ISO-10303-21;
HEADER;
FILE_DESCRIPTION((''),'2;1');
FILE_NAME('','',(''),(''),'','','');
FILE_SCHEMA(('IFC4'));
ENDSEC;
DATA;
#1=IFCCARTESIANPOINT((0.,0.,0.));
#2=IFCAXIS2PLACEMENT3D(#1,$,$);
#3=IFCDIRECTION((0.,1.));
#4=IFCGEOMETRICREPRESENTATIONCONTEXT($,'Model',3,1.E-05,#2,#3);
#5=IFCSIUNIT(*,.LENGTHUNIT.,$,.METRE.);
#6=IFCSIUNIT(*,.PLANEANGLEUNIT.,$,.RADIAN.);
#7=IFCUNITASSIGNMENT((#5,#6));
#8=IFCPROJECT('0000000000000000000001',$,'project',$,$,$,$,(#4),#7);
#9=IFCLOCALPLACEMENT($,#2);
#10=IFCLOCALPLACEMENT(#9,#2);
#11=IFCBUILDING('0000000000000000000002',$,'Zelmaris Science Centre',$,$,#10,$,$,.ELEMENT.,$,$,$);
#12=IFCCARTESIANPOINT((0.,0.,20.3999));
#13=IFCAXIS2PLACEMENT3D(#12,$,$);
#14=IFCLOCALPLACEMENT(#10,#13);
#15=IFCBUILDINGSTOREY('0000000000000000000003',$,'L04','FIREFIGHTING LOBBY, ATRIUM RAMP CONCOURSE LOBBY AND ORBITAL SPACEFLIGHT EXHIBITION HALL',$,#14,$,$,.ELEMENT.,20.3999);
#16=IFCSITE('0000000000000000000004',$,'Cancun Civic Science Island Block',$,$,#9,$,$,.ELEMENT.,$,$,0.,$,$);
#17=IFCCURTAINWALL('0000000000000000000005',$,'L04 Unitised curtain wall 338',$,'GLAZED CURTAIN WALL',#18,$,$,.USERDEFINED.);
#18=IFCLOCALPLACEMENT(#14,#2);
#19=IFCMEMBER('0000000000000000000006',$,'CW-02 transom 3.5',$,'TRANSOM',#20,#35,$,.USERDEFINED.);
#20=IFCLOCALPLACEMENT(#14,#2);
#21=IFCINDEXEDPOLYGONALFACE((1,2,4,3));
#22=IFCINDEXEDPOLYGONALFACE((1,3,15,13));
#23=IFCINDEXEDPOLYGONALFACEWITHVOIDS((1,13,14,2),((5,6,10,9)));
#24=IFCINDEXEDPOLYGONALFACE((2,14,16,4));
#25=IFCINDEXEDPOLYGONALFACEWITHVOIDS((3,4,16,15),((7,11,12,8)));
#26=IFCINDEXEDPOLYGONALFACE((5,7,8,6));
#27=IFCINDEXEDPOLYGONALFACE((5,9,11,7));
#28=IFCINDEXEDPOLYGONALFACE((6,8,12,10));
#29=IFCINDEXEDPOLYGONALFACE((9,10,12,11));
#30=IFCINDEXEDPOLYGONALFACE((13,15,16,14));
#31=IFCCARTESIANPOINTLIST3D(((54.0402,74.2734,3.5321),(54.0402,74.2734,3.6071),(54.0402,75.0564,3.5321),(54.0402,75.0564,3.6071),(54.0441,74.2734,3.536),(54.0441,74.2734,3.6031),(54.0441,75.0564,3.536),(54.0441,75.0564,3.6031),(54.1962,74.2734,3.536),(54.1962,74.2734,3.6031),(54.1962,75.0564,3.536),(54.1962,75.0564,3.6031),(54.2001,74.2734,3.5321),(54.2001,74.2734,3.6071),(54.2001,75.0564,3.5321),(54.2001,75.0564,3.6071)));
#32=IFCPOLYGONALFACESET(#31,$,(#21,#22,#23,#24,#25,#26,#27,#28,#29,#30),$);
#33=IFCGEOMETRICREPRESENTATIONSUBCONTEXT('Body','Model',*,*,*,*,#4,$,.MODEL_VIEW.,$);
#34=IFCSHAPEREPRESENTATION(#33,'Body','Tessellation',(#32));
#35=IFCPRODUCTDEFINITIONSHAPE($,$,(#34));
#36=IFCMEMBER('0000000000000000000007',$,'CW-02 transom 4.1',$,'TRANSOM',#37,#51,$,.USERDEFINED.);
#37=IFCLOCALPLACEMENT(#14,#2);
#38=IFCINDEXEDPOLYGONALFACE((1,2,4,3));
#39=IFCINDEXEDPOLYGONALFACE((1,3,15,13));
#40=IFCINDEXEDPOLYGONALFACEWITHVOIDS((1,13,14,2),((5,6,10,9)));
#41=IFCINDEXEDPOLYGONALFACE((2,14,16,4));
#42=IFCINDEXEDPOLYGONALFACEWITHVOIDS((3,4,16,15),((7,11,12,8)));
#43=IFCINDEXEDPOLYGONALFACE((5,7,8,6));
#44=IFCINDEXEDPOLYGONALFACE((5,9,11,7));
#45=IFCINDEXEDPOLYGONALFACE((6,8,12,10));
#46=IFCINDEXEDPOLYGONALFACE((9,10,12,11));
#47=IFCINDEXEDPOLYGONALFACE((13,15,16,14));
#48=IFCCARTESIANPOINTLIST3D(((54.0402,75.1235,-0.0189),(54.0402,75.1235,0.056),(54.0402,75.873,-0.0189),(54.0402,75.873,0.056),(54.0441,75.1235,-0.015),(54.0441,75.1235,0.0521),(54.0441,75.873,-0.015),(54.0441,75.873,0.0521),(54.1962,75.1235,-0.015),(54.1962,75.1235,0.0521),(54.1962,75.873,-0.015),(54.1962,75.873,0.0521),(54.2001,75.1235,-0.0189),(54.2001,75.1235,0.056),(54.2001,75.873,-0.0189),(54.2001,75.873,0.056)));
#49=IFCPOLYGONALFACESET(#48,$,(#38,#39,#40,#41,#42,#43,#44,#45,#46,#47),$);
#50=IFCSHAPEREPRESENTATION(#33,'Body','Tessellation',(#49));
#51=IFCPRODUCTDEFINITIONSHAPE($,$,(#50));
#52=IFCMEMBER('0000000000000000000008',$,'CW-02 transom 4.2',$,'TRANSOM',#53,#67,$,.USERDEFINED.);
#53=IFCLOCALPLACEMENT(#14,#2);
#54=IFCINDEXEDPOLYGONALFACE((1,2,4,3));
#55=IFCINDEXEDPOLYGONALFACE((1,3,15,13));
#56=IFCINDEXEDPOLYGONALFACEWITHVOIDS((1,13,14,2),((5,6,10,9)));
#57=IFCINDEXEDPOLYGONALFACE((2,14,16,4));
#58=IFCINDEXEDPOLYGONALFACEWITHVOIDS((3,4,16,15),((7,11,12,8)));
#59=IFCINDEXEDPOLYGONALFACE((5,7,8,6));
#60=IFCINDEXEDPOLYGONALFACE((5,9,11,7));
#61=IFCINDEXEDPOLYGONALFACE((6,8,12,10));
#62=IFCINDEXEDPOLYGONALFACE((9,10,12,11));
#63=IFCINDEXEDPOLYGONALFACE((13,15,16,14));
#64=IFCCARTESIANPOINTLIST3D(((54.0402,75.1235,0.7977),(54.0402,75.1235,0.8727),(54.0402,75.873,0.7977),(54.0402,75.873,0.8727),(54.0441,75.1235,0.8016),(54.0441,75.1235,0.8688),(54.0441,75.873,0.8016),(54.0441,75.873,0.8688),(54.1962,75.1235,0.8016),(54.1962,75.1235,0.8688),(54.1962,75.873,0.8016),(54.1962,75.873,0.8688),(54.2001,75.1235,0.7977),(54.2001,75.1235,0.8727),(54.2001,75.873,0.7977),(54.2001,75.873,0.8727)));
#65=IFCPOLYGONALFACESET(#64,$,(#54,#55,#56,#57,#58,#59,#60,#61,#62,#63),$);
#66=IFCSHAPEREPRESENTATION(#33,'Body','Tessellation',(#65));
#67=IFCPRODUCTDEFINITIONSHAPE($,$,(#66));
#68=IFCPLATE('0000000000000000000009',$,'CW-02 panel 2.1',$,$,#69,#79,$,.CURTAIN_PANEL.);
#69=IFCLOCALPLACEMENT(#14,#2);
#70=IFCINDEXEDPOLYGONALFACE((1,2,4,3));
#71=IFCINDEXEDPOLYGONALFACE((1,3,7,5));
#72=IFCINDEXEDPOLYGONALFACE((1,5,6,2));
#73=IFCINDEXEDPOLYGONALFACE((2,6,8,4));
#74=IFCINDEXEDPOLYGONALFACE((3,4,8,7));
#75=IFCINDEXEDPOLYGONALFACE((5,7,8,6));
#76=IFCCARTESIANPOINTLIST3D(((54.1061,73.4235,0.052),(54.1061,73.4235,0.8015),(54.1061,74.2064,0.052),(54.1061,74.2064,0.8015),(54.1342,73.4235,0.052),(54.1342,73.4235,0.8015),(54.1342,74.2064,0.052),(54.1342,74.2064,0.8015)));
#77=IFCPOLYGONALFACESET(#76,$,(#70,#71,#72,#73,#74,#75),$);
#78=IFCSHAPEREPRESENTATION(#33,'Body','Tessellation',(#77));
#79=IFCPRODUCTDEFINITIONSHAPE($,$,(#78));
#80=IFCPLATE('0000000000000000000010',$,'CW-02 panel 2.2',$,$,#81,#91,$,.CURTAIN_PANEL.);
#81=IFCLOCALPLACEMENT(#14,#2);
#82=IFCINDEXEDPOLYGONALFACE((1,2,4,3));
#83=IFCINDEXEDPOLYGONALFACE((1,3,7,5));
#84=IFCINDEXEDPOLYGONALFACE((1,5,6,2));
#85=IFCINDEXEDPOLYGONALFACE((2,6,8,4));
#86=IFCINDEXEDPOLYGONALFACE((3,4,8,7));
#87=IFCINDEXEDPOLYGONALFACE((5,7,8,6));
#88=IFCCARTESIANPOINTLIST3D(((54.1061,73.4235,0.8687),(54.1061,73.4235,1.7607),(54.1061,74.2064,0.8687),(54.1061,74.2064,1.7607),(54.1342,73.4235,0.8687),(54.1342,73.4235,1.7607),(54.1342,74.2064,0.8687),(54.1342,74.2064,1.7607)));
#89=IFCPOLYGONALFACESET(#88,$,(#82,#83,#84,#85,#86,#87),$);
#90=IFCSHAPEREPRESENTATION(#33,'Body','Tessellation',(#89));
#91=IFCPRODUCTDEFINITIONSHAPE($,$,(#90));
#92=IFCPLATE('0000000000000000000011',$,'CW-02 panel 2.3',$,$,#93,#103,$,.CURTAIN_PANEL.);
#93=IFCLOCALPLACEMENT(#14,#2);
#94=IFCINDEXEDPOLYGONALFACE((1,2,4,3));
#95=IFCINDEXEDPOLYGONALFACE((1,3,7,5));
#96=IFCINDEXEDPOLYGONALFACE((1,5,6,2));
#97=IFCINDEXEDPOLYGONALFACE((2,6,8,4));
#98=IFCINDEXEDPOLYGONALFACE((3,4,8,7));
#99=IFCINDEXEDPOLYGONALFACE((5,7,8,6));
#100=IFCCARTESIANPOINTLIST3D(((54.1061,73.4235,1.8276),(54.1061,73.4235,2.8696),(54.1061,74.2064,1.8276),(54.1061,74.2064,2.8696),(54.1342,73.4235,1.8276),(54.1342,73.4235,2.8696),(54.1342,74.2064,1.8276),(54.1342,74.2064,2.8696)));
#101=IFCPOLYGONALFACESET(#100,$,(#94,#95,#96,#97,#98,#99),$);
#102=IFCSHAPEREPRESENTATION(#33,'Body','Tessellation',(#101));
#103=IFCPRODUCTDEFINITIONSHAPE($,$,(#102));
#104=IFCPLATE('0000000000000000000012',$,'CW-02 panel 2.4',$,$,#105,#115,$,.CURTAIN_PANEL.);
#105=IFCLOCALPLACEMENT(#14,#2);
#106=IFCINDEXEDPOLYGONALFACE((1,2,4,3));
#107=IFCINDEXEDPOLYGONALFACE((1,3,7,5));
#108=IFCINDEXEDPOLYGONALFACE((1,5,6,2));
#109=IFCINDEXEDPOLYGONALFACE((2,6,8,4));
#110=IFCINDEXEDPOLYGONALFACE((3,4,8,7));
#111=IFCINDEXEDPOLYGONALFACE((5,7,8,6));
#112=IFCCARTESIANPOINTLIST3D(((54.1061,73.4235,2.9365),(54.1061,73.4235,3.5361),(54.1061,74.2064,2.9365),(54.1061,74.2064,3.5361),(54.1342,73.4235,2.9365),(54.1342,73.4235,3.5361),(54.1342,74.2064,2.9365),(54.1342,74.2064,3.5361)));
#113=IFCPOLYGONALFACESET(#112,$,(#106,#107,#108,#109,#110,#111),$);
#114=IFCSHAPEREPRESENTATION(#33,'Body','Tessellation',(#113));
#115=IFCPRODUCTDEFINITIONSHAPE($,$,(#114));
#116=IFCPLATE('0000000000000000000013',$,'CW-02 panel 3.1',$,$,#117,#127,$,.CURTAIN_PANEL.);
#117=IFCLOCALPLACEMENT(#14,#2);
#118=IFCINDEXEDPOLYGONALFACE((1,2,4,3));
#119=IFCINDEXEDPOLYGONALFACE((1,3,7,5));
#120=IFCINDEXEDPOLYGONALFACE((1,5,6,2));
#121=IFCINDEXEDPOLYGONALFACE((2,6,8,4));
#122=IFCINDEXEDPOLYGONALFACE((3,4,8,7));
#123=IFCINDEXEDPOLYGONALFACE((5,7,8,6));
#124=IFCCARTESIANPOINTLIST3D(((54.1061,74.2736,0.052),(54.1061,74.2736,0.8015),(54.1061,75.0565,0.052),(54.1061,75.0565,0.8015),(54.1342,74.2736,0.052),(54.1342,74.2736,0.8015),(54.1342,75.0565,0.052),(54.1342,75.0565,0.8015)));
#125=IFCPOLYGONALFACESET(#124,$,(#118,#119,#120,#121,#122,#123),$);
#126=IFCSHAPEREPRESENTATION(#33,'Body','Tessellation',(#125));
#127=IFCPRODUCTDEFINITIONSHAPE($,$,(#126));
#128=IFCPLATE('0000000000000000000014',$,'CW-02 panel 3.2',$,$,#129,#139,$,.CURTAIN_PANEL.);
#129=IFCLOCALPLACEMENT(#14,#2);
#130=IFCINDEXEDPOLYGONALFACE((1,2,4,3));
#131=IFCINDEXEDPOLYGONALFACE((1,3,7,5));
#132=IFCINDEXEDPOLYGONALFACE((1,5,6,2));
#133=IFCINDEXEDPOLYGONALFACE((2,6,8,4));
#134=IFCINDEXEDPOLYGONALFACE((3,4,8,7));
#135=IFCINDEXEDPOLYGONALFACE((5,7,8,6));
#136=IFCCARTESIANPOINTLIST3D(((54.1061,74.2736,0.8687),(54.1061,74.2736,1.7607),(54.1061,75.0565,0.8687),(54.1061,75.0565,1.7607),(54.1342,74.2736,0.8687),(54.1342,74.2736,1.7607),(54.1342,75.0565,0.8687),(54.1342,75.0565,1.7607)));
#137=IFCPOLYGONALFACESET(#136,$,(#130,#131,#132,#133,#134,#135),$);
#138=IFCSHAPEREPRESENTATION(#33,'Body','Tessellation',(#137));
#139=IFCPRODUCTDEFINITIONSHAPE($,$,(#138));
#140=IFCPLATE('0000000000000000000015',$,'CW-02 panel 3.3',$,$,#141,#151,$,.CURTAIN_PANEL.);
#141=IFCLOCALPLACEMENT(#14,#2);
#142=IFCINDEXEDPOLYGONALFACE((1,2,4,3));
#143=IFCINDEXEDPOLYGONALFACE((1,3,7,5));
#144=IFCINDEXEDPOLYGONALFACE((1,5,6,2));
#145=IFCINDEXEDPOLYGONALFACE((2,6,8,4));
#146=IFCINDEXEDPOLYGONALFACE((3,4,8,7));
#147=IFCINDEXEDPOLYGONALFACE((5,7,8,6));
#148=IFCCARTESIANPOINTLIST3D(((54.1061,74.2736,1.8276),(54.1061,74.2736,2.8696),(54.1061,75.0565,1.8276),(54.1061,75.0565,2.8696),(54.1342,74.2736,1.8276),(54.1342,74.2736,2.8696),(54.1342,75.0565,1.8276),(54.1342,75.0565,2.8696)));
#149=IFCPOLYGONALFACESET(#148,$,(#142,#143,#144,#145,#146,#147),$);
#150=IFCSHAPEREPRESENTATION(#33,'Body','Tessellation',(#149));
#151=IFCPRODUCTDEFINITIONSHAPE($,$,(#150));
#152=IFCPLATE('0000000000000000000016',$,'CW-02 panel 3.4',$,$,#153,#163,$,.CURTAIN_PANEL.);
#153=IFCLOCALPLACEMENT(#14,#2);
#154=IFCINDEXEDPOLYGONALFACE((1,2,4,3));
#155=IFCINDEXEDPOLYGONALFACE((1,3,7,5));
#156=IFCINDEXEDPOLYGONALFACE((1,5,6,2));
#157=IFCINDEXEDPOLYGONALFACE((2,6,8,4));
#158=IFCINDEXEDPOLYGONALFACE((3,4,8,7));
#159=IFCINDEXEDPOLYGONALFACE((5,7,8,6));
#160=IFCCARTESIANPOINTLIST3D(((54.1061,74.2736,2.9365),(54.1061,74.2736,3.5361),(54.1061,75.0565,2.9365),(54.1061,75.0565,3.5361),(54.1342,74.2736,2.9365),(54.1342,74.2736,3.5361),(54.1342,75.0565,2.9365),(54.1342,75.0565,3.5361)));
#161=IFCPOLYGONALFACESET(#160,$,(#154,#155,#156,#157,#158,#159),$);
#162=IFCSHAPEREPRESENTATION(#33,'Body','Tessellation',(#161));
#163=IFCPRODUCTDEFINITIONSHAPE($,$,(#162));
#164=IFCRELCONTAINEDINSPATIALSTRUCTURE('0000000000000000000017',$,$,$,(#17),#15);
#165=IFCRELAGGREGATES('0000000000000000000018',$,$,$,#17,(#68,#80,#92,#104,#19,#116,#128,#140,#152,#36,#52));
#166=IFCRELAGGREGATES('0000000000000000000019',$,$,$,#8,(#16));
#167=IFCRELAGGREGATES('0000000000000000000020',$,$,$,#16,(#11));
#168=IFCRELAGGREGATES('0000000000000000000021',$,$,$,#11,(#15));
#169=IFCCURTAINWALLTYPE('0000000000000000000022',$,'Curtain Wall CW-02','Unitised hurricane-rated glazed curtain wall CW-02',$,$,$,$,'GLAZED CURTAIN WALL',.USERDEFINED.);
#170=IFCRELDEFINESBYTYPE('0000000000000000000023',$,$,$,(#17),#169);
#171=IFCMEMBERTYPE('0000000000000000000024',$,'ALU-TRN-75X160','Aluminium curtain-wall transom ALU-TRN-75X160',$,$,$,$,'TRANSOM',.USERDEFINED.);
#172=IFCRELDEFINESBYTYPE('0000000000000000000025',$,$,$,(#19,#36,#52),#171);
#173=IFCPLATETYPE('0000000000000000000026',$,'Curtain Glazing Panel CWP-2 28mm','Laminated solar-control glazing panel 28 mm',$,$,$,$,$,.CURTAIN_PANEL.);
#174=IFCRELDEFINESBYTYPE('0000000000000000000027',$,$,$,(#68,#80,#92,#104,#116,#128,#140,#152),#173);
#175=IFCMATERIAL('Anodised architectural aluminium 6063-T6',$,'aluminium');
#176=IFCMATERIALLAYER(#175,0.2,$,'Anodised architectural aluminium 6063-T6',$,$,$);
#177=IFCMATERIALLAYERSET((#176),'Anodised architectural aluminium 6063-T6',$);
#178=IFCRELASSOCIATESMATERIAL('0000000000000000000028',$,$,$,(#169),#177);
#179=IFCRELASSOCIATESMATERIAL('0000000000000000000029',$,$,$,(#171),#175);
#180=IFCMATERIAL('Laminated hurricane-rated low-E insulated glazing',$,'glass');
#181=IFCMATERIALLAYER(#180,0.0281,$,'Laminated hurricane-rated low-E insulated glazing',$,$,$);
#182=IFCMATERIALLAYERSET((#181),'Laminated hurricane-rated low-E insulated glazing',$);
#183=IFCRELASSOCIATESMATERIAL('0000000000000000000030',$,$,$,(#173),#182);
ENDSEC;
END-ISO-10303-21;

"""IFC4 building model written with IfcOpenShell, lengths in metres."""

from ifc_helpers import new_model, si_unit, direction, frame, origin, origin_2d, place, context, subcontext, project, spatial, rectangle, hollow_rectangle, extrude, material, layer, layer_set, material_profile, profile_set, type_object, element, aggregate, save


model = new_model("IFC4")

# Units and contexts
model_context = context("Model", 3, precision=1e-05, world=origin(), true_north=direction((0.0, 1.0)))
body_context = subcontext(model_context, "Body", "Model", "MODEL_VIEW")
ifc_project = project(units=[si_unit("LENGTHUNIT", "METRE"), si_unit("PLANEANGLEUNIT", "RADIAN")], contexts=[model_context])

# Site, building, storey
site_placement = place(None, origin())
site = spatial("IfcSite", under=ifc_project, at=site_placement, Name="Cancun Civic Science Island Block", CompositionType="ELEMENT", RefElevation=0.0)
building_placement = place(site_placement, origin())
building = spatial("IfcBuilding", under=site, at=building_placement, Name="Zelmaris Science Centre", CompositionType="ELEMENT")
storey_placement = place(building_placement, frame((0.0, 0.0, 20.3999)))
storey = spatial("IfcBuildingStorey", under=building, at=storey_placement, Name="L04", Description="FIREFIGHTING LOBBY, ATRIUM RAMP CONCOURSE LOBBY AND ORBITAL SPACEFLIGHT EXHIBITION HALL", CompositionType="ELEMENT", Elevation=20.3999)

# Curtain wall, members, plates
ifc_material_1 = material(Name="Anodised architectural aluminium 6063-T6", Category="aluminium")
ifc_layer_1 = layer(ifc_material_1, 0.2, Name="Anodised architectural aluminium 6063-T6")
ifc_layer_set_1 = layer_set([ifc_layer_1], Name="Anodised architectural aluminium 6063-T6")
curtain_wall_type = type_object("IfcCurtainWallType", Name="Curtain Wall CW-02", Description="Unitised hurricane-rated glazed curtain wall CW-02", ElementType="GLAZED CURTAIN WALL", PredefinedType="USERDEFINED", material=ifc_layer_set_1)
curtain_wall_placement = place(storey_placement, origin())
curtain_wall = element("IfcCurtainWall", 1, at=curtain_wall_placement, inside=storey, type_object=curtain_wall_type, Name="L04 Unitised curtain wall 338", ObjectType="GLAZED CURTAIN WALL", PredefinedType="USERDEFINED")
ifc_material_profile_1 = material_profile(ifc_material_1, hollow_rectangle(XDim=0.075, YDim=0.1599, WallThickness=0.0039, at=origin_2d()), Name="ALU-TRN-75X160")
ifc_profile_set_1 = profile_set([ifc_material_profile_1], Name="Anodised architectural aluminium 6063-T6")
member_type_1 = type_object("IfcMemberType", Name="ALU-TRN-75X160", Description="Aluminium curtain-wall transom ALU-TRN-75X160", ElementType="TRANSOM", PredefinedType="USERDEFINED", material=ifc_profile_set_1)
member_1_placement = place(storey_placement, frame((54.1201, 74.2734, 3.5696), z_axis=(0.0, 1.0, 0.0), x_axis=(0.0, 0.0, 1.0)))
member_1 = element("IfcMember", 2, at=member_1_placement, type_object=member_type_1, Name="CW-02 transom 3.5", ObjectType="TRANSOM", PredefinedType="USERDEFINED", context=body_context, shape_type="SweptSolid", body=[
    extrude(hollow_rectangle(XDim=0.075, YDim=0.1599, WallThickness=0.0039, at=origin_2d()), origin(), (0.0, 0.0, 1.0), 0.783),
])
member_2_placement = place(storey_placement, frame((54.1201, 75.1235, 0.0186), z_axis=(0.0, 1.0, 0.0), x_axis=(0.0, 0.0, 1.0)))
member_2 = element("IfcMember", 3, at=member_2_placement, type_object=member_type_1, Name="CW-02 transom 4.1", ObjectType="TRANSOM", PredefinedType="USERDEFINED", context=body_context, shape_type="SweptSolid", body=[
    extrude(hollow_rectangle(XDim=0.075, YDim=0.1599, WallThickness=0.0039, at=origin_2d()), origin(), (0.0, 0.0, 1.0), 0.7495),
])
member_3_placement = place(storey_placement, frame((54.1201, 75.1235, 0.8352), z_axis=(0.0, 1.0, 0.0), x_axis=(0.0, 0.0, 1.0)))
member_3 = element("IfcMember", 4, at=member_3_placement, type_object=member_type_1, Name="CW-02 transom 4.2", ObjectType="TRANSOM", PredefinedType="USERDEFINED", context=body_context, shape_type="SweptSolid", body=[
    extrude(hollow_rectangle(XDim=0.075, YDim=0.1599, WallThickness=0.0039, at=origin_2d()), origin(), (0.0, 0.0, 1.0), 0.7495),
])
ifc_material_2 = material(Name="Laminated hurricane-rated low-E insulated glazing", Category="glass")
ifc_layer_2 = layer(ifc_material_2, 0.0281, Name="Laminated hurricane-rated low-E insulated glazing")
ifc_layer_set_2 = layer_set([ifc_layer_2], Name="Laminated hurricane-rated low-E insulated glazing")
plate_type = type_object("IfcPlateType", Name="Curtain Glazing Panel CWP-2 28mm", Description="Laminated solar-control glazing panel 28 mm", PredefinedType="CURTAIN_PANEL", material=ifc_layer_set_2)
plate_1_placement = place(storey_placement, frame((54.1201, 73.8149, 0.052), z_axis=(0.0, 0.0, 1.0), x_axis=(0.0, 1.0, 0.0)))
plate_1 = element("IfcPlate", 5, at=plate_1_placement, type_object=plate_type, Name="CW-02 panel 2.1", PredefinedType="CURTAIN_PANEL", context=body_context, shape_type="SweptSolid", body=[
    extrude(rectangle(XDim=0.783, YDim=0.0281, at=origin_2d()), origin(), (0.0, 0.0, 1.0), 0.7495),
])
plate_2_placement = place(storey_placement, frame((54.1201, 73.8149, 0.8687), z_axis=(0.0, 0.0, 1.0), x_axis=(0.0, 1.0, 0.0)))
plate_2 = element("IfcPlate", 6, at=plate_2_placement, type_object=plate_type, Name="CW-02 panel 2.2", PredefinedType="CURTAIN_PANEL", context=body_context, shape_type="SweptSolid", body=[
    extrude(rectangle(XDim=0.783, YDim=0.0281, at=origin_2d()), origin(), (0.0, 0.0, 1.0), 0.8921),
])
plate_3_placement = place(storey_placement, frame((54.1201, 73.8149, 1.8276), z_axis=(0.0, 0.0, 1.0), x_axis=(0.0, 1.0, 0.0)))
plate_3 = element("IfcPlate", 7, at=plate_3_placement, type_object=plate_type, Name="CW-02 panel 2.3", PredefinedType="CURTAIN_PANEL", context=body_context, shape_type="SweptSolid", body=[
    extrude(rectangle(XDim=0.783, YDim=0.0281, at=origin_2d()), origin(), (0.0, 0.0, 1.0), 1.042),
])
plate_4_placement = place(storey_placement, frame((54.1201, 73.8149, 2.9365), z_axis=(0.0, 0.0, 1.0), x_axis=(0.0, 1.0, 0.0)))
plate_4 = element("IfcPlate", 8, at=plate_4_placement, type_object=plate_type, Name="CW-02 panel 2.4", PredefinedType="CURTAIN_PANEL", context=body_context, shape_type="SweptSolid", body=[
    extrude(rectangle(XDim=0.783, YDim=0.0281, at=origin_2d()), origin(), (0.0, 0.0, 1.0), 0.5996),
])
plate_5_placement = place(storey_placement, frame((54.1201, 74.665, 0.052), z_axis=(0.0, 0.0, 1.0), x_axis=(0.0, 1.0, 0.0)))
plate_5 = element("IfcPlate", 9, at=plate_5_placement, type_object=plate_type, Name="CW-02 panel 3.1", PredefinedType="CURTAIN_PANEL", context=body_context, shape_type="SweptSolid", body=[
    extrude(rectangle(XDim=0.783, YDim=0.0281, at=origin_2d()), origin(), (0.0, 0.0, 1.0), 0.7495),
])
plate_6_placement = place(storey_placement, frame((54.1201, 74.665, 0.8687), z_axis=(0.0, 0.0, 1.0), x_axis=(0.0, 1.0, 0.0)))
plate_6 = element("IfcPlate", 10, at=plate_6_placement, type_object=plate_type, Name="CW-02 panel 3.2", PredefinedType="CURTAIN_PANEL", context=body_context, shape_type="SweptSolid", body=[
    extrude(rectangle(XDim=0.783, YDim=0.0281, at=origin_2d()), origin(), (0.0, 0.0, 1.0), 0.8921),
])
plate_7_placement = place(storey_placement, frame((54.1201, 74.665, 1.8276), z_axis=(0.0, 0.0, 1.0), x_axis=(0.0, 1.0, 0.0)))
plate_7 = element("IfcPlate", 11, at=plate_7_placement, type_object=plate_type, Name="CW-02 panel 3.3", PredefinedType="CURTAIN_PANEL", context=body_context, shape_type="SweptSolid", body=[
    extrude(rectangle(XDim=0.783, YDim=0.0281, at=origin_2d()), origin(), (0.0, 0.0, 1.0), 1.042),
])
plate_8_placement = place(storey_placement, frame((54.1201, 74.665, 2.9365), z_axis=(0.0, 0.0, 1.0), x_axis=(0.0, 1.0, 0.0)))
plate_8 = element("IfcPlate", 12, at=plate_8_placement, type_object=plate_type, Name="CW-02 panel 3.4", PredefinedType="CURTAIN_PANEL", context=body_context, shape_type="SweptSolid", body=[
    extrude(rectangle(XDim=0.783, YDim=0.0281, at=origin_2d()), origin(), (0.0, 0.0, 1.0), 0.5996),
])
aggregate(curtain_wall, [plate_1, plate_2, plate_3, plate_4, member_1, plate_5, plate_6, plate_7, plate_8, member_2, member_3])

save(model, "model.ifc")
